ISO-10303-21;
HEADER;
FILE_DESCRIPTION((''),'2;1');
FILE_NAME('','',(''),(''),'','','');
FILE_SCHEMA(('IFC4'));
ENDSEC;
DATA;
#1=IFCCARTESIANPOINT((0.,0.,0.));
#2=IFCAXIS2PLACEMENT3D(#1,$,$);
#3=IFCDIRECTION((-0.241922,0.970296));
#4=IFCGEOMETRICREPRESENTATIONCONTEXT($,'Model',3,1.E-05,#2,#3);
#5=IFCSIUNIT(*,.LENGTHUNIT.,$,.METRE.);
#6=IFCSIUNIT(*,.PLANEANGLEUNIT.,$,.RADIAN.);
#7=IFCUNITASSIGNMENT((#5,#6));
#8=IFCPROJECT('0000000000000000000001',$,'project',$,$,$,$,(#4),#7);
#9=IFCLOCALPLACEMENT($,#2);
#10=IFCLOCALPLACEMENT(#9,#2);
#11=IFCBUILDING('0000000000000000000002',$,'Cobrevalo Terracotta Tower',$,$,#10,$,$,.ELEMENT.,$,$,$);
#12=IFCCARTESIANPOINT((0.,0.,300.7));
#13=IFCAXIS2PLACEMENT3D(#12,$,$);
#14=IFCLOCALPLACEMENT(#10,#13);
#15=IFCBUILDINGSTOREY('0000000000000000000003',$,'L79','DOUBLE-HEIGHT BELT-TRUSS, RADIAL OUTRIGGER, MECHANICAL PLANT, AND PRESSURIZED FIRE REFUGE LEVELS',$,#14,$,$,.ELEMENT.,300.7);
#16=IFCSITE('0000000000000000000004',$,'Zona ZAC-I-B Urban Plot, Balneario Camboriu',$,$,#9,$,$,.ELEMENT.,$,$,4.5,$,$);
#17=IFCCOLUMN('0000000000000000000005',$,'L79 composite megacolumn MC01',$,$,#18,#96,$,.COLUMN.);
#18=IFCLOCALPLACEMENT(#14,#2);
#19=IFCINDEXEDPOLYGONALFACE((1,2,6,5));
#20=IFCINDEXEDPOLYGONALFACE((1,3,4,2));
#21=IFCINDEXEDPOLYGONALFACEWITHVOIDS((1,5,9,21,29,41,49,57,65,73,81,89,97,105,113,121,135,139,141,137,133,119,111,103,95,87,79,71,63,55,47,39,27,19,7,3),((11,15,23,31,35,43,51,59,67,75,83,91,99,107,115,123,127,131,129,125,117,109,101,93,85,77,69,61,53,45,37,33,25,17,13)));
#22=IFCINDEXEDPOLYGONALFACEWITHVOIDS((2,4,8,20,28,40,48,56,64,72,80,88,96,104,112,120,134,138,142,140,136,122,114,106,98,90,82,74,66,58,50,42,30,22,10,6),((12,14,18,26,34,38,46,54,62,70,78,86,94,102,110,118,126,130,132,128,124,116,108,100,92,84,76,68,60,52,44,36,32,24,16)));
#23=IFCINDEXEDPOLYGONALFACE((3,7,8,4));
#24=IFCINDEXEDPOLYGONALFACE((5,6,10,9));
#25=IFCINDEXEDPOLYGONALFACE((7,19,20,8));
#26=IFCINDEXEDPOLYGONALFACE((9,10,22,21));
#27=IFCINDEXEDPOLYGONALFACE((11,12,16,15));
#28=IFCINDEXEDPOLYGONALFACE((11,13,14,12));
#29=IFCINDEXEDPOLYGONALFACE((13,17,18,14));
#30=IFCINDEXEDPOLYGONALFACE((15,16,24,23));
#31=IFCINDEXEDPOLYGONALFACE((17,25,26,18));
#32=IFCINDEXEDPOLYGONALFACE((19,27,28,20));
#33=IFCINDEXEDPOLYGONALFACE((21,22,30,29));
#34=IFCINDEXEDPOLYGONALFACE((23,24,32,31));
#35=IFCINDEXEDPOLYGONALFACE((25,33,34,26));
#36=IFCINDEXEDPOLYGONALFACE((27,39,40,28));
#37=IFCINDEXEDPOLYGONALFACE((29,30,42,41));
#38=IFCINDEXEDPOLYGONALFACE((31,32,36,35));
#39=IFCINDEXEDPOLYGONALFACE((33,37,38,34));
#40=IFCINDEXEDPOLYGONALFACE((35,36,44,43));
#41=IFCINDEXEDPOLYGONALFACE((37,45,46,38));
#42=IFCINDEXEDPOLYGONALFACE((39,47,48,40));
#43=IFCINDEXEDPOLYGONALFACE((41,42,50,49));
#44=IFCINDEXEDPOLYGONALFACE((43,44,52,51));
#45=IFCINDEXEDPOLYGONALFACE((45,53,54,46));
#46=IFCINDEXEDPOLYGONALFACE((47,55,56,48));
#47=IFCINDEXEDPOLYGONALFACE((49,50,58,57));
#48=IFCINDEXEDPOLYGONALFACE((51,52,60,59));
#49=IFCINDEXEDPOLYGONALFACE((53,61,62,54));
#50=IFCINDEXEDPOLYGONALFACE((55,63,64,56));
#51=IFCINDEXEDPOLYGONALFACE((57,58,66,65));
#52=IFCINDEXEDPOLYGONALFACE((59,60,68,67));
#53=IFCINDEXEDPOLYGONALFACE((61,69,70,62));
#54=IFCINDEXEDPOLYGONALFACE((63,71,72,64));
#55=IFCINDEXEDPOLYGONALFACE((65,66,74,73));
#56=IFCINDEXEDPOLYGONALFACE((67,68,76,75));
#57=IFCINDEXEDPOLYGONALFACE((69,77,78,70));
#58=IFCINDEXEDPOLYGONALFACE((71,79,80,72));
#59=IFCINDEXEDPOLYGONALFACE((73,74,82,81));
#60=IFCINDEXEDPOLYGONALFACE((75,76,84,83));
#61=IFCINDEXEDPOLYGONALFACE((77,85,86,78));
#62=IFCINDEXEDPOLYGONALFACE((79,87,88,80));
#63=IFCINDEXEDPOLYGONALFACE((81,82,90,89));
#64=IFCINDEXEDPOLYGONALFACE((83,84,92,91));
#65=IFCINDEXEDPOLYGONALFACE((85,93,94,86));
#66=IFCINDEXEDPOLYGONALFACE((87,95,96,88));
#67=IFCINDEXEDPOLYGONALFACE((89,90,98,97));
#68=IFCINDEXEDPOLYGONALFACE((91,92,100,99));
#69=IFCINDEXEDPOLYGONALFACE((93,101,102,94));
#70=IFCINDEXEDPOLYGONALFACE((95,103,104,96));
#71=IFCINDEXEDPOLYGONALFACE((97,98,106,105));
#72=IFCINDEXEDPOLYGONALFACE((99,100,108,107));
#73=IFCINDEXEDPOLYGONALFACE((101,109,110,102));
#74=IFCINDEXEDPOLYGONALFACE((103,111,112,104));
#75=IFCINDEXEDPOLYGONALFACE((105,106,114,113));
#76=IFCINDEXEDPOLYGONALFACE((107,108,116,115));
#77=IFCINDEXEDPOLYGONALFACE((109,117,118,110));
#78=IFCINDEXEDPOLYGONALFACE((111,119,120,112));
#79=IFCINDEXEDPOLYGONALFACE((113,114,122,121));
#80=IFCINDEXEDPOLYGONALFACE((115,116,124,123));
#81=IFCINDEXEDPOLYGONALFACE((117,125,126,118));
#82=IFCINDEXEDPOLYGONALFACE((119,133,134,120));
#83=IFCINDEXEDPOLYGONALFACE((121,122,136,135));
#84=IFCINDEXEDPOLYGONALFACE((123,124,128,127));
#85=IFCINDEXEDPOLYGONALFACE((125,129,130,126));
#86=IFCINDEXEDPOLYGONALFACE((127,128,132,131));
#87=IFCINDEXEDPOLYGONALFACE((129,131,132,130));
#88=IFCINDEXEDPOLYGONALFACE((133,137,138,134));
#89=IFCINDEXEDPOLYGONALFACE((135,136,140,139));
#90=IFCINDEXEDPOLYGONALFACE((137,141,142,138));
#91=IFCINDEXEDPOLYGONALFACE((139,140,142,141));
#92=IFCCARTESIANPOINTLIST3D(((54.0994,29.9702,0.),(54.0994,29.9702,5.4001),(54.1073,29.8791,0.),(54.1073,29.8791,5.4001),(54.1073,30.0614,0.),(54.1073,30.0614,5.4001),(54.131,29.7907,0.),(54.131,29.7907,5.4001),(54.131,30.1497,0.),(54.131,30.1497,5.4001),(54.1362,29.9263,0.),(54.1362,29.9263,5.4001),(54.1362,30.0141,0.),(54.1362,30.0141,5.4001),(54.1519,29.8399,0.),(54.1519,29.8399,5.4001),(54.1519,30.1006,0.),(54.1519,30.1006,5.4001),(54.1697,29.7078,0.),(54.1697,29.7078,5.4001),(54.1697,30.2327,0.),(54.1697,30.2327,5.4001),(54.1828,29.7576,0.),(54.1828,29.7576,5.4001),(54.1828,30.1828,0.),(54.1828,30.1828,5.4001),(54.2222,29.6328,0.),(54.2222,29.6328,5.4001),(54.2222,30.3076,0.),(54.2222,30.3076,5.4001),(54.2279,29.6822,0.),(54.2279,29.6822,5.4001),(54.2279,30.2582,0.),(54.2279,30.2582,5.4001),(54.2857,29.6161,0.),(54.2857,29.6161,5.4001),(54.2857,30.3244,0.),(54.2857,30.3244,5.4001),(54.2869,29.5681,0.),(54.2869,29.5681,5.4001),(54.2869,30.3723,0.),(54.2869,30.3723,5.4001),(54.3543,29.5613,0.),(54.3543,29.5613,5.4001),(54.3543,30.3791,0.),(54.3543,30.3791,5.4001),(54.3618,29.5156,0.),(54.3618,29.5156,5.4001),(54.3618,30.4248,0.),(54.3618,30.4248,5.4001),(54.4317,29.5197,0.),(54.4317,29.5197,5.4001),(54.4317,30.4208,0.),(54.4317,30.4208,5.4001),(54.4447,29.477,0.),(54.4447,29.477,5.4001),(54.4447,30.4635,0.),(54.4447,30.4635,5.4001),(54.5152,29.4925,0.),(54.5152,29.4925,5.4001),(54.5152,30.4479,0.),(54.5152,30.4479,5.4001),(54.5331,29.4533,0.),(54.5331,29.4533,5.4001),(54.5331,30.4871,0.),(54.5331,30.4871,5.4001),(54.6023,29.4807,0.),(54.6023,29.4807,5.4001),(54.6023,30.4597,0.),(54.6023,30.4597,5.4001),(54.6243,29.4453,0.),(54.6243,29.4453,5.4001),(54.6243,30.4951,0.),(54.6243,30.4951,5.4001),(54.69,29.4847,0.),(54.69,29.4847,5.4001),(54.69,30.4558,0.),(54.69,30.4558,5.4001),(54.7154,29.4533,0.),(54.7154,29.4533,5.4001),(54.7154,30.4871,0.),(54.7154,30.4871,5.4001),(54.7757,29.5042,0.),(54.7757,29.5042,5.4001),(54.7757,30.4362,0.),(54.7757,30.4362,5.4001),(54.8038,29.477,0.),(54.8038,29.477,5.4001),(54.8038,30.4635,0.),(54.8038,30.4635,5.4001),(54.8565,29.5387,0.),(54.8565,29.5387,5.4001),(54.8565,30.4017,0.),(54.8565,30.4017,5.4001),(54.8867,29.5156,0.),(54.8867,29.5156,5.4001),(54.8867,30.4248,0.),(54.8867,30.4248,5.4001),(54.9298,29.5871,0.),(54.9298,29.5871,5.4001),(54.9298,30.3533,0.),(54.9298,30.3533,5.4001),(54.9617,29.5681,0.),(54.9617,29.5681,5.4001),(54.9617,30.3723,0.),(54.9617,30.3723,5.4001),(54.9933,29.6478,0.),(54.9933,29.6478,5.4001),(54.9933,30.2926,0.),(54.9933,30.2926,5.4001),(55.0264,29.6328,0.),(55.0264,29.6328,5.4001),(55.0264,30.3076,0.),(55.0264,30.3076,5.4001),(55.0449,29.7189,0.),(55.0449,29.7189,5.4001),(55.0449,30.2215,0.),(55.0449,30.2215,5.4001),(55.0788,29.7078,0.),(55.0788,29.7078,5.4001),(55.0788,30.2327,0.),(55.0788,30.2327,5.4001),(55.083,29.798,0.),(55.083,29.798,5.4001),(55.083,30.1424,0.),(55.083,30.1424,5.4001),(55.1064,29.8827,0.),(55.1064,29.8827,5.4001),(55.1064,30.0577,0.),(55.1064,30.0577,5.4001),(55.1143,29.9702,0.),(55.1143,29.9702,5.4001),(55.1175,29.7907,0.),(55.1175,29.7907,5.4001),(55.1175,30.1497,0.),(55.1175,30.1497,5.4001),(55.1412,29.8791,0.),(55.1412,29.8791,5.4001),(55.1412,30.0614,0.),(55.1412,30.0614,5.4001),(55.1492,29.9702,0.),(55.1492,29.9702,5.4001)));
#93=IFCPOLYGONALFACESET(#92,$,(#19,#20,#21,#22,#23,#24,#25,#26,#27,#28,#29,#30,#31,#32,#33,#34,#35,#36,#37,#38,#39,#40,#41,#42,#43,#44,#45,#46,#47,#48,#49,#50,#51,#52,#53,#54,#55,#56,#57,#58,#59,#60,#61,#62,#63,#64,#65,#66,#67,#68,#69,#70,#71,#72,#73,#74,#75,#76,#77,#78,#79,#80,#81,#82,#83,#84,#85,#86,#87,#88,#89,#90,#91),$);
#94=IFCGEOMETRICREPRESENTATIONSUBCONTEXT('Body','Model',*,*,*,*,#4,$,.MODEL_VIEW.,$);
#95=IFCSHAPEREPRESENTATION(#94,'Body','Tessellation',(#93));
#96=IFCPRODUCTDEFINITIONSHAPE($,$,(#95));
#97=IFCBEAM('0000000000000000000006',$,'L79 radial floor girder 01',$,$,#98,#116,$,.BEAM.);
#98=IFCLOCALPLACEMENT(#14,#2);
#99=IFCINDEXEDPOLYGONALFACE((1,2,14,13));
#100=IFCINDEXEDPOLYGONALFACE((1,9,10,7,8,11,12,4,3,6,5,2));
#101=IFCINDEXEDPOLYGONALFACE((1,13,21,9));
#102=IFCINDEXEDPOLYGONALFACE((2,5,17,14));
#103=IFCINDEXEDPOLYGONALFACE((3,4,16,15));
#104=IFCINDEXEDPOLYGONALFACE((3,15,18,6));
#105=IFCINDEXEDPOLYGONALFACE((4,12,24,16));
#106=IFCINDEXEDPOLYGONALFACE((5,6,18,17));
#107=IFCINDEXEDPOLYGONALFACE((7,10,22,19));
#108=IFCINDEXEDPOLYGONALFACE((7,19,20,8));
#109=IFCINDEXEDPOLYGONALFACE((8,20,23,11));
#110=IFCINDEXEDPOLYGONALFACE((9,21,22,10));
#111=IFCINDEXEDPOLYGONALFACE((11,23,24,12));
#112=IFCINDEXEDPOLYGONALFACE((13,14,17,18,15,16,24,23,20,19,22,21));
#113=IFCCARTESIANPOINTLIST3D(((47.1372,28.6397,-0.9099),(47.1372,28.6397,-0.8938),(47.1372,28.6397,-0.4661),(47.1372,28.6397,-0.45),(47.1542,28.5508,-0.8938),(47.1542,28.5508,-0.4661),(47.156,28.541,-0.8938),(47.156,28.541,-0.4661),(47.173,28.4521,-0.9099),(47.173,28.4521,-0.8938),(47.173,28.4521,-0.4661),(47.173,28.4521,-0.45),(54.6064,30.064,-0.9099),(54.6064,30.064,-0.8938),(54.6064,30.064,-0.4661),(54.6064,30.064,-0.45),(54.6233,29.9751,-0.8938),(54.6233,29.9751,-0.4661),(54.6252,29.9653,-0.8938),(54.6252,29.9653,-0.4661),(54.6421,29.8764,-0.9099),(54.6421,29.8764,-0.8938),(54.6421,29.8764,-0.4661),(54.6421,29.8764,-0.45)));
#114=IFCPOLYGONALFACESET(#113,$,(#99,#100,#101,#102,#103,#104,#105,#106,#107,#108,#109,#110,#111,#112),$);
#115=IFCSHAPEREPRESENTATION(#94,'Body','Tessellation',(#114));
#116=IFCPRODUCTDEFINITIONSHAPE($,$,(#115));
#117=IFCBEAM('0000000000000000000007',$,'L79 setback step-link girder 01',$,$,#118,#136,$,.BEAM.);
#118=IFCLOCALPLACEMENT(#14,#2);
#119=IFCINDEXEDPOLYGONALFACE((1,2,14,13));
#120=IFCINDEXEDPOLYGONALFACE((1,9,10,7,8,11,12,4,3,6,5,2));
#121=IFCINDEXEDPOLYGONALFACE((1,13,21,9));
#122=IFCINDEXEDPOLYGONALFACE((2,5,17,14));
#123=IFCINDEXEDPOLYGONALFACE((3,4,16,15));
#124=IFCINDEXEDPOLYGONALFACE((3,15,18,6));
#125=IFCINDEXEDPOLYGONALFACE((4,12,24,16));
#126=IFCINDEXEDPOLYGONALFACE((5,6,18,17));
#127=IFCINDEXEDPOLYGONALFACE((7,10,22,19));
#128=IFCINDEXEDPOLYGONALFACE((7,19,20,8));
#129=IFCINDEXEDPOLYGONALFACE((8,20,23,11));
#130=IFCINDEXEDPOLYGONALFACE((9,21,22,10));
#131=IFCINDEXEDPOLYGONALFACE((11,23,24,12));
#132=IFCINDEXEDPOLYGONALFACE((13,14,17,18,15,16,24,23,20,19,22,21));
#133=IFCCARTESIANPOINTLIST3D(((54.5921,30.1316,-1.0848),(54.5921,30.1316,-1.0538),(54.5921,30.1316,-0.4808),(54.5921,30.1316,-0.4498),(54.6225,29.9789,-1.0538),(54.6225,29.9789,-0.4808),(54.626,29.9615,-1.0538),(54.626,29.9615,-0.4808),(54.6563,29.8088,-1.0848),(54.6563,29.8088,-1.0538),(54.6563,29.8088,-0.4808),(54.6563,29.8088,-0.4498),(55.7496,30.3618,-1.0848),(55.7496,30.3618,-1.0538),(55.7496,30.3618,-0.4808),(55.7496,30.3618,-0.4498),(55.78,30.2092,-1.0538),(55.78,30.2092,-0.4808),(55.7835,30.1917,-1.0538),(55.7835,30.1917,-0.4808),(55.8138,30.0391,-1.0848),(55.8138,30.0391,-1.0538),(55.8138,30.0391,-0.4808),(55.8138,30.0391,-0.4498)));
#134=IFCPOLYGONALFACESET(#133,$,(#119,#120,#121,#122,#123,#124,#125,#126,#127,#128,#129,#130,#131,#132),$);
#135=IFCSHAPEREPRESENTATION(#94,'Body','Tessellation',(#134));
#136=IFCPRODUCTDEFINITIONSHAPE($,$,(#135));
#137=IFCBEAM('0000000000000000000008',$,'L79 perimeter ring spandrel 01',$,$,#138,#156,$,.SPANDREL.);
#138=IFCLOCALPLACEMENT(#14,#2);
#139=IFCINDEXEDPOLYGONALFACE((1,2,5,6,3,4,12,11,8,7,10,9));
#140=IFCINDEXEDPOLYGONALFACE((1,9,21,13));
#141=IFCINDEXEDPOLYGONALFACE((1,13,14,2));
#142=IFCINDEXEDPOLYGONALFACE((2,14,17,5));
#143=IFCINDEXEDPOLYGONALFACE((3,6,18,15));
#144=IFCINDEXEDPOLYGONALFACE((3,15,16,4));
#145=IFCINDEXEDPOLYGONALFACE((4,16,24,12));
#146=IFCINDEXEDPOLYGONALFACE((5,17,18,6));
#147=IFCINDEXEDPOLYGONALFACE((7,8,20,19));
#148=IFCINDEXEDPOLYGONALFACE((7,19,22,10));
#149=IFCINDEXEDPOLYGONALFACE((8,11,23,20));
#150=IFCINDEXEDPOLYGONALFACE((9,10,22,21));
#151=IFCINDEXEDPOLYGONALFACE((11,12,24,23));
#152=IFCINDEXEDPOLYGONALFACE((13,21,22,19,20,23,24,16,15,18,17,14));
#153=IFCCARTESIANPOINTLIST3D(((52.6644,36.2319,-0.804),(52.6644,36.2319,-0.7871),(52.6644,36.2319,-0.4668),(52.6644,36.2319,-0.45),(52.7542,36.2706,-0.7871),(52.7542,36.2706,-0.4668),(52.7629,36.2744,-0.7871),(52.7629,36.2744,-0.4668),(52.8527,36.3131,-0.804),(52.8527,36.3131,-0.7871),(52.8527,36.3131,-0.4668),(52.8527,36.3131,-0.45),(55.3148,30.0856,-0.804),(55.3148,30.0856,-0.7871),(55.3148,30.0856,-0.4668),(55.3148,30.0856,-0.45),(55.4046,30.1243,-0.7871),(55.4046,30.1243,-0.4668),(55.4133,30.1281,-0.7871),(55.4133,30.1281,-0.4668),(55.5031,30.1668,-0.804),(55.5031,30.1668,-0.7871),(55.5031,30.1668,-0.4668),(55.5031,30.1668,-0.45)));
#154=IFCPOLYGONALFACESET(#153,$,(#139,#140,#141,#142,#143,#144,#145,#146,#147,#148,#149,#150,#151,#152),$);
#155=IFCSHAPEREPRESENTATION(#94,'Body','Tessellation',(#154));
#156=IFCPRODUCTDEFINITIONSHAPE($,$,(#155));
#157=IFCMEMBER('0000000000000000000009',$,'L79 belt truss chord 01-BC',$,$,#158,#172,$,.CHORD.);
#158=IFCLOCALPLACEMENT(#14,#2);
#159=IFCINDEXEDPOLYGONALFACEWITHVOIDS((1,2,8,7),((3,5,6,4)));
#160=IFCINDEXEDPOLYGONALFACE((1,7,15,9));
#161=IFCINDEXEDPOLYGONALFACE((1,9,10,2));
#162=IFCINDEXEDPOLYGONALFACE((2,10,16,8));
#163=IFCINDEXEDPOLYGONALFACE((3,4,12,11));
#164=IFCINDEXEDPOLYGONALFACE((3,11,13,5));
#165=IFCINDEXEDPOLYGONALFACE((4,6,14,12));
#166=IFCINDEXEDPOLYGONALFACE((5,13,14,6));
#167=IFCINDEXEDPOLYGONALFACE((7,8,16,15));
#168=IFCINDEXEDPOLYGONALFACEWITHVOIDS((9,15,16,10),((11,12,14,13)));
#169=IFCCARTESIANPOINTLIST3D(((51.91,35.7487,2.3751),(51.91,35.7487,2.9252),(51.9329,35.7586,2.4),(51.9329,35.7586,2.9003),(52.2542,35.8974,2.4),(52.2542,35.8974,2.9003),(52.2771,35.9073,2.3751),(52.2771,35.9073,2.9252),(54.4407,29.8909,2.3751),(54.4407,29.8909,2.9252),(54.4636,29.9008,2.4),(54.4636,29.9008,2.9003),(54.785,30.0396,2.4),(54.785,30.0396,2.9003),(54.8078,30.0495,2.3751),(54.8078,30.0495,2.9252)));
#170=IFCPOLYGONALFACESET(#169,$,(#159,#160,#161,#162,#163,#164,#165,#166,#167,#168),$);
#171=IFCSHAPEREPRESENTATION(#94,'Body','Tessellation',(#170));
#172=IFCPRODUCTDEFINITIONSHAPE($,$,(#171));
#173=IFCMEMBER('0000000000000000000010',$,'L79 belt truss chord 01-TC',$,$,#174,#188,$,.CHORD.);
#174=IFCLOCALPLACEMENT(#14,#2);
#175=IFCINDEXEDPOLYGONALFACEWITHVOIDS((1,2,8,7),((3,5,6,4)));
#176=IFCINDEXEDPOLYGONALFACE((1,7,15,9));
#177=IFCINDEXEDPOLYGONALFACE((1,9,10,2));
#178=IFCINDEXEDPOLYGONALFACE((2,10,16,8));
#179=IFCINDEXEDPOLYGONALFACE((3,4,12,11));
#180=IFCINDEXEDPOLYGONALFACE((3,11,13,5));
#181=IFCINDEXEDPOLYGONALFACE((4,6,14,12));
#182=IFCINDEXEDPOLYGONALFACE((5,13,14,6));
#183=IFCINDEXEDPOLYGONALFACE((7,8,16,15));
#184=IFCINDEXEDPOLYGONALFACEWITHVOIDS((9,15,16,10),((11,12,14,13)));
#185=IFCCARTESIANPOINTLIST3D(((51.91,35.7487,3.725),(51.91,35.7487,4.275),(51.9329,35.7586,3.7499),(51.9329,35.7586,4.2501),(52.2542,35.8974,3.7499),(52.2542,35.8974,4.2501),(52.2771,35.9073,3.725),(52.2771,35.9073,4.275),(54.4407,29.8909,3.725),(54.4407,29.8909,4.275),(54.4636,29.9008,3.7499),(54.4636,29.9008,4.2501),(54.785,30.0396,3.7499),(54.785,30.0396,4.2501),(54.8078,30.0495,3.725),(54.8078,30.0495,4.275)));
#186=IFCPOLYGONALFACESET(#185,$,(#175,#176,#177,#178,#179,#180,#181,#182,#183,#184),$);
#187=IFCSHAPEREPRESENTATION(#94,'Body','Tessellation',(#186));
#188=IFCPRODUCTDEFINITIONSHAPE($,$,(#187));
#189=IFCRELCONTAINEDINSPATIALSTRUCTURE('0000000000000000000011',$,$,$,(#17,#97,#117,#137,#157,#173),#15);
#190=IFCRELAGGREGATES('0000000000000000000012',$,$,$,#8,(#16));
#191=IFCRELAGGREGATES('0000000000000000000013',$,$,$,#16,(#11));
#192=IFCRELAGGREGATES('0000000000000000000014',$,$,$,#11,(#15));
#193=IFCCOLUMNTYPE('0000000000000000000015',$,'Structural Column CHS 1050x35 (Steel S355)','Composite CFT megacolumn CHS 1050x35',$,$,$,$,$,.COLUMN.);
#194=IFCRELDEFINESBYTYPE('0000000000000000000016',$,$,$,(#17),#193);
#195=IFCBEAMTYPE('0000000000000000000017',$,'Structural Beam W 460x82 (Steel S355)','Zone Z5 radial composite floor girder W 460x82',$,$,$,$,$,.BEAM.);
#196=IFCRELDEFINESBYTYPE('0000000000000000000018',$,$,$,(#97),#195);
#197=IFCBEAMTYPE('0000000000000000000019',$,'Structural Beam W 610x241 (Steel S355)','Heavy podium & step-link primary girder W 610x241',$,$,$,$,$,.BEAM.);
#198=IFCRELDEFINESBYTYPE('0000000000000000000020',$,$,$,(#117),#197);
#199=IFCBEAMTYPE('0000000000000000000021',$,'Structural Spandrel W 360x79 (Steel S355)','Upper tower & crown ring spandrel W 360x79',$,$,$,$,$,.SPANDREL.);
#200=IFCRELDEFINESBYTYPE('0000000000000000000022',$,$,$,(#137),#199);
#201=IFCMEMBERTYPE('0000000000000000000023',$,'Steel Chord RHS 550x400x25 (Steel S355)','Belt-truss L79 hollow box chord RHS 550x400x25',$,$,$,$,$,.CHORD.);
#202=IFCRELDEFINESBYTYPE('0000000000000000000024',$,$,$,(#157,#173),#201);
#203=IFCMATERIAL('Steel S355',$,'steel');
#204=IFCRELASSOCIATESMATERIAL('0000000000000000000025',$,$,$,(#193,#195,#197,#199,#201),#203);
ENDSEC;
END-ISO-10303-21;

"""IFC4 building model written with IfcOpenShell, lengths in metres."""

from ifc_helpers import new_model, si_unit, direction, frame, origin, origin_2d, place, context, subcontext, project, spatial, hollow_rectangle, hollow_circle, i_section, extrude, source, transform, mapped, material, material_profile, profile_set, type_object, element, save


model = new_model("IFC4")

# Units and contexts
model_context = context("Model", 3, precision=1e-05, world=origin(), true_north=direction((-0.241922, 0.970296)))
body_context = subcontext(model_context, "Body", "Model", "MODEL_VIEW")
ifc_project = project(units=[si_unit("LENGTHUNIT", "METRE"), si_unit("PLANEANGLEUNIT", "RADIAN")], contexts=[model_context])

# Site, building, storey
site_placement = place(None, origin())
site = spatial("IfcSite", under=ifc_project, at=site_placement, Name="Zona ZAC-I-B Urban Plot, Balneario Camboriu", CompositionType="ELEMENT", RefElevation=4.5)
building_placement = place(site_placement, origin())
building = spatial("IfcBuilding", under=site, at=building_placement, Name="Cobrevalo Terracotta Tower", CompositionType="ELEMENT")
storey_placement = place(building_placement, frame((0.0, 0.0, 300.7)))
storey = spatial("IfcBuildingStorey", under=building, at=storey_placement, Name="L79", Description="DOUBLE-HEIGHT BELT-TRUSS, RADIAL OUTRIGGER, MECHANICAL PLANT, AND PRESSURIZED FIRE REFUGE LEVELS", CompositionType="ELEMENT", Elevation=300.7)

# Column
ifc_material_1 = material(Name="Steel S355", Category="steel")
ifc_material_profile_1 = material_profile(ifc_material_1, hollow_circle(Radius=0.5249, WallThickness=0.0349, at=origin_2d()), Name="CHS 1050x35")
ifc_profile_set_1 = profile_set([ifc_material_profile_1], Name="Steel S355")
column_type = type_object("IfcColumnType", Name="Structural Column CHS 1050x35 (Steel S355)", Description="Composite CFT megacolumn CHS 1050x35", PredefinedType="COLUMN", material=ifc_profile_set_1)
column_placement = place(storey_placement, frame((54.6243, 29.9702, 0.0), z_axis=(0.0, 0.0, 1.0), x_axis=(1.0, 0.0, 0.0)))
element("IfcColumn", 1, at=column_placement, inside=storey, type_object=column_type, Name="L79 composite megacolumn MC01", PredefinedType="COLUMN", context=body_context, shape_type="SweptSolid", body=[
    extrude(hollow_circle(Radius=0.5249, WallThickness=0.0349, at=origin_2d()), origin(), (0.0, 0.0, 1.0), 5.4001),
])

# Beams
ifc_material_profile_2 = material_profile(ifc_material_1, i_section(OverallWidth=0.1909, OverallDepth=0.46, WebThickness=0.01, FlangeThickness=0.0161, at=origin_2d()), Name="W 460x82")
ifc_profile_set_2 = profile_set([ifc_material_profile_2], Name="Steel S355")
beam_type_1 = type_object("IfcBeamType", Name="Structural Beam W 460x82 (Steel S355)", Description="Zone Z5 radial composite floor girder W 460x82", PredefinedType="BEAM", material=ifc_profile_set_2)
beam_1_placement = place(storey_placement, frame((54.6243, 29.9702, -0.6799), z_axis=(-0.9823, -0.187316, 0.0), x_axis=(0.187316, -0.9823, 0.0)))
element("IfcBeam", 2, at=beam_1_placement, inside=storey, type_object=beam_type_1, Name="L79 radial floor girder 01", PredefinedType="BEAM", context=body_context, shape_type="SweptSolid", body=[
    extrude(i_section(OverallWidth=0.1909, OverallDepth=0.46, WebThickness=0.01, FlangeThickness=0.0161, at=origin_2d()), origin(), (0.0, 0.0, 1.0), 7.6038),
])
ifc_material_profile_3 = material_profile(ifc_material_1, i_section(OverallWidth=0.3291, OverallDepth=0.635, WebThickness=0.0178, FlangeThickness=0.031, at=origin_2d()), Name="W 610x241")
ifc_profile_set_3 = profile_set([ifc_material_profile_3], Name="Steel S355")
beam_type_2 = type_object("IfcBeamType", Name="Structural Beam W 610x241 (Steel S355)", Description="Heavy podium & step-link primary girder W 610x241", PredefinedType="BEAM", material=ifc_profile_set_3)
beam_2_placement = place(storey_placement, frame((55.7817, 30.2004, -0.7673), z_axis=(-0.980787, -0.195082, 0.0), x_axis=(0.195082, -0.980787, 0.0)))
element("IfcBeam", 3, at=beam_2_placement, inside=storey, type_object=beam_type_2, Name="L79 setback step-link girder 01", PredefinedType="BEAM", context=body_context, shape_type="SweptSolid", body=[
    extrude(i_section(OverallWidth=0.3291, OverallDepth=0.635, WebThickness=0.0178, FlangeThickness=0.031, at=origin_2d()), origin(), (0.0, 0.0, 1.0), 1.1802),
])
ifc_material_profile_4 = material_profile(ifc_material_1, i_section(OverallWidth=0.2051, OverallDepth=0.354, WebThickness=0.0095, FlangeThickness=0.0168, at=origin_2d()), Name="W 360x79")
ifc_profile_set_4 = profile_set([ifc_material_profile_4], Name="Steel S355")
beam_type_3 = type_object("IfcBeamType", Name="Structural Spandrel W 360x79 (Steel S355)", Description="Upper tower & crown ring spandrel W 360x79", PredefinedType="SPANDREL", material=ifc_profile_set_4)
beam_3_placement = place(storey_placement, frame((55.4089, 30.1262, -0.627), z_axis=(-0.395974, 0.918262, 0.0), x_axis=(-0.918262, -0.395974, 0.0)))
element("IfcBeam", 4, at=beam_3_placement, inside=storey, type_object=beam_type_3, Name="L79 perimeter ring spandrel 01", PredefinedType="SPANDREL", context=body_context, shape_type="SweptSolid", body=[
    extrude(i_section(OverallWidth=0.2051, OverallDepth=0.354, WebThickness=0.0095, FlangeThickness=0.0168, at=origin_2d()), origin(), (0.0, 0.0, 1.0), 6.6934),
])

# Members
ifc_material_profile_5 = material_profile(ifc_material_1, hollow_rectangle(XDim=0.3999, YDim=0.55, WallThickness=0.0249, at=origin_2d()), Name="RHS 550x400x25")
ifc_profile_set_5 = profile_set([ifc_material_profile_5], Name="Steel S355")
member_type_1 = type_object("IfcMemberType", Name="Steel Chord RHS 550x400x25 (Steel S355)", Description="Belt-truss L79 hollow box chord RHS 550x400x25", PredefinedType="CHORD", material=ifc_profile_set_5)
shared_shape_1 = source(origin(), body_context, "Body", "SweptSolid", [
    extrude(hollow_rectangle(XDim=0.3999, YDim=0.55, WallThickness=0.0249, at=origin_2d()), origin(), (0.0, 0.0, 1.0), 6.3811),
])
for number, where, z_axis, x_axis, name in (
    (5, (54.6243, 29.9702, 2.6501), (-0.396596, 0.917993, 0.0), (-0.917993, -0.396596, 0.0), "L79 belt truss chord 01-BC"),
    (6, (54.6243, 29.9702, 4.0), (-0.396596, 0.917993, 0.0), (-0.917993, -0.396596, 0.0), "L79 belt truss chord 01-TC"),
):
    element("IfcMember", number, at=place(storey_placement, frame(where, z_axis=z_axis, x_axis=x_axis)), inside=storey, type_object=member_type_1, Name=name, PredefinedType="CHORD", context=body_context, shape_type="MappedRepresentation", body=[
        mapped(shared_shape_1, transform((0.0, 0.0, 0.0), scale=1.0)),
    ])

save(model, "model.ifc")
